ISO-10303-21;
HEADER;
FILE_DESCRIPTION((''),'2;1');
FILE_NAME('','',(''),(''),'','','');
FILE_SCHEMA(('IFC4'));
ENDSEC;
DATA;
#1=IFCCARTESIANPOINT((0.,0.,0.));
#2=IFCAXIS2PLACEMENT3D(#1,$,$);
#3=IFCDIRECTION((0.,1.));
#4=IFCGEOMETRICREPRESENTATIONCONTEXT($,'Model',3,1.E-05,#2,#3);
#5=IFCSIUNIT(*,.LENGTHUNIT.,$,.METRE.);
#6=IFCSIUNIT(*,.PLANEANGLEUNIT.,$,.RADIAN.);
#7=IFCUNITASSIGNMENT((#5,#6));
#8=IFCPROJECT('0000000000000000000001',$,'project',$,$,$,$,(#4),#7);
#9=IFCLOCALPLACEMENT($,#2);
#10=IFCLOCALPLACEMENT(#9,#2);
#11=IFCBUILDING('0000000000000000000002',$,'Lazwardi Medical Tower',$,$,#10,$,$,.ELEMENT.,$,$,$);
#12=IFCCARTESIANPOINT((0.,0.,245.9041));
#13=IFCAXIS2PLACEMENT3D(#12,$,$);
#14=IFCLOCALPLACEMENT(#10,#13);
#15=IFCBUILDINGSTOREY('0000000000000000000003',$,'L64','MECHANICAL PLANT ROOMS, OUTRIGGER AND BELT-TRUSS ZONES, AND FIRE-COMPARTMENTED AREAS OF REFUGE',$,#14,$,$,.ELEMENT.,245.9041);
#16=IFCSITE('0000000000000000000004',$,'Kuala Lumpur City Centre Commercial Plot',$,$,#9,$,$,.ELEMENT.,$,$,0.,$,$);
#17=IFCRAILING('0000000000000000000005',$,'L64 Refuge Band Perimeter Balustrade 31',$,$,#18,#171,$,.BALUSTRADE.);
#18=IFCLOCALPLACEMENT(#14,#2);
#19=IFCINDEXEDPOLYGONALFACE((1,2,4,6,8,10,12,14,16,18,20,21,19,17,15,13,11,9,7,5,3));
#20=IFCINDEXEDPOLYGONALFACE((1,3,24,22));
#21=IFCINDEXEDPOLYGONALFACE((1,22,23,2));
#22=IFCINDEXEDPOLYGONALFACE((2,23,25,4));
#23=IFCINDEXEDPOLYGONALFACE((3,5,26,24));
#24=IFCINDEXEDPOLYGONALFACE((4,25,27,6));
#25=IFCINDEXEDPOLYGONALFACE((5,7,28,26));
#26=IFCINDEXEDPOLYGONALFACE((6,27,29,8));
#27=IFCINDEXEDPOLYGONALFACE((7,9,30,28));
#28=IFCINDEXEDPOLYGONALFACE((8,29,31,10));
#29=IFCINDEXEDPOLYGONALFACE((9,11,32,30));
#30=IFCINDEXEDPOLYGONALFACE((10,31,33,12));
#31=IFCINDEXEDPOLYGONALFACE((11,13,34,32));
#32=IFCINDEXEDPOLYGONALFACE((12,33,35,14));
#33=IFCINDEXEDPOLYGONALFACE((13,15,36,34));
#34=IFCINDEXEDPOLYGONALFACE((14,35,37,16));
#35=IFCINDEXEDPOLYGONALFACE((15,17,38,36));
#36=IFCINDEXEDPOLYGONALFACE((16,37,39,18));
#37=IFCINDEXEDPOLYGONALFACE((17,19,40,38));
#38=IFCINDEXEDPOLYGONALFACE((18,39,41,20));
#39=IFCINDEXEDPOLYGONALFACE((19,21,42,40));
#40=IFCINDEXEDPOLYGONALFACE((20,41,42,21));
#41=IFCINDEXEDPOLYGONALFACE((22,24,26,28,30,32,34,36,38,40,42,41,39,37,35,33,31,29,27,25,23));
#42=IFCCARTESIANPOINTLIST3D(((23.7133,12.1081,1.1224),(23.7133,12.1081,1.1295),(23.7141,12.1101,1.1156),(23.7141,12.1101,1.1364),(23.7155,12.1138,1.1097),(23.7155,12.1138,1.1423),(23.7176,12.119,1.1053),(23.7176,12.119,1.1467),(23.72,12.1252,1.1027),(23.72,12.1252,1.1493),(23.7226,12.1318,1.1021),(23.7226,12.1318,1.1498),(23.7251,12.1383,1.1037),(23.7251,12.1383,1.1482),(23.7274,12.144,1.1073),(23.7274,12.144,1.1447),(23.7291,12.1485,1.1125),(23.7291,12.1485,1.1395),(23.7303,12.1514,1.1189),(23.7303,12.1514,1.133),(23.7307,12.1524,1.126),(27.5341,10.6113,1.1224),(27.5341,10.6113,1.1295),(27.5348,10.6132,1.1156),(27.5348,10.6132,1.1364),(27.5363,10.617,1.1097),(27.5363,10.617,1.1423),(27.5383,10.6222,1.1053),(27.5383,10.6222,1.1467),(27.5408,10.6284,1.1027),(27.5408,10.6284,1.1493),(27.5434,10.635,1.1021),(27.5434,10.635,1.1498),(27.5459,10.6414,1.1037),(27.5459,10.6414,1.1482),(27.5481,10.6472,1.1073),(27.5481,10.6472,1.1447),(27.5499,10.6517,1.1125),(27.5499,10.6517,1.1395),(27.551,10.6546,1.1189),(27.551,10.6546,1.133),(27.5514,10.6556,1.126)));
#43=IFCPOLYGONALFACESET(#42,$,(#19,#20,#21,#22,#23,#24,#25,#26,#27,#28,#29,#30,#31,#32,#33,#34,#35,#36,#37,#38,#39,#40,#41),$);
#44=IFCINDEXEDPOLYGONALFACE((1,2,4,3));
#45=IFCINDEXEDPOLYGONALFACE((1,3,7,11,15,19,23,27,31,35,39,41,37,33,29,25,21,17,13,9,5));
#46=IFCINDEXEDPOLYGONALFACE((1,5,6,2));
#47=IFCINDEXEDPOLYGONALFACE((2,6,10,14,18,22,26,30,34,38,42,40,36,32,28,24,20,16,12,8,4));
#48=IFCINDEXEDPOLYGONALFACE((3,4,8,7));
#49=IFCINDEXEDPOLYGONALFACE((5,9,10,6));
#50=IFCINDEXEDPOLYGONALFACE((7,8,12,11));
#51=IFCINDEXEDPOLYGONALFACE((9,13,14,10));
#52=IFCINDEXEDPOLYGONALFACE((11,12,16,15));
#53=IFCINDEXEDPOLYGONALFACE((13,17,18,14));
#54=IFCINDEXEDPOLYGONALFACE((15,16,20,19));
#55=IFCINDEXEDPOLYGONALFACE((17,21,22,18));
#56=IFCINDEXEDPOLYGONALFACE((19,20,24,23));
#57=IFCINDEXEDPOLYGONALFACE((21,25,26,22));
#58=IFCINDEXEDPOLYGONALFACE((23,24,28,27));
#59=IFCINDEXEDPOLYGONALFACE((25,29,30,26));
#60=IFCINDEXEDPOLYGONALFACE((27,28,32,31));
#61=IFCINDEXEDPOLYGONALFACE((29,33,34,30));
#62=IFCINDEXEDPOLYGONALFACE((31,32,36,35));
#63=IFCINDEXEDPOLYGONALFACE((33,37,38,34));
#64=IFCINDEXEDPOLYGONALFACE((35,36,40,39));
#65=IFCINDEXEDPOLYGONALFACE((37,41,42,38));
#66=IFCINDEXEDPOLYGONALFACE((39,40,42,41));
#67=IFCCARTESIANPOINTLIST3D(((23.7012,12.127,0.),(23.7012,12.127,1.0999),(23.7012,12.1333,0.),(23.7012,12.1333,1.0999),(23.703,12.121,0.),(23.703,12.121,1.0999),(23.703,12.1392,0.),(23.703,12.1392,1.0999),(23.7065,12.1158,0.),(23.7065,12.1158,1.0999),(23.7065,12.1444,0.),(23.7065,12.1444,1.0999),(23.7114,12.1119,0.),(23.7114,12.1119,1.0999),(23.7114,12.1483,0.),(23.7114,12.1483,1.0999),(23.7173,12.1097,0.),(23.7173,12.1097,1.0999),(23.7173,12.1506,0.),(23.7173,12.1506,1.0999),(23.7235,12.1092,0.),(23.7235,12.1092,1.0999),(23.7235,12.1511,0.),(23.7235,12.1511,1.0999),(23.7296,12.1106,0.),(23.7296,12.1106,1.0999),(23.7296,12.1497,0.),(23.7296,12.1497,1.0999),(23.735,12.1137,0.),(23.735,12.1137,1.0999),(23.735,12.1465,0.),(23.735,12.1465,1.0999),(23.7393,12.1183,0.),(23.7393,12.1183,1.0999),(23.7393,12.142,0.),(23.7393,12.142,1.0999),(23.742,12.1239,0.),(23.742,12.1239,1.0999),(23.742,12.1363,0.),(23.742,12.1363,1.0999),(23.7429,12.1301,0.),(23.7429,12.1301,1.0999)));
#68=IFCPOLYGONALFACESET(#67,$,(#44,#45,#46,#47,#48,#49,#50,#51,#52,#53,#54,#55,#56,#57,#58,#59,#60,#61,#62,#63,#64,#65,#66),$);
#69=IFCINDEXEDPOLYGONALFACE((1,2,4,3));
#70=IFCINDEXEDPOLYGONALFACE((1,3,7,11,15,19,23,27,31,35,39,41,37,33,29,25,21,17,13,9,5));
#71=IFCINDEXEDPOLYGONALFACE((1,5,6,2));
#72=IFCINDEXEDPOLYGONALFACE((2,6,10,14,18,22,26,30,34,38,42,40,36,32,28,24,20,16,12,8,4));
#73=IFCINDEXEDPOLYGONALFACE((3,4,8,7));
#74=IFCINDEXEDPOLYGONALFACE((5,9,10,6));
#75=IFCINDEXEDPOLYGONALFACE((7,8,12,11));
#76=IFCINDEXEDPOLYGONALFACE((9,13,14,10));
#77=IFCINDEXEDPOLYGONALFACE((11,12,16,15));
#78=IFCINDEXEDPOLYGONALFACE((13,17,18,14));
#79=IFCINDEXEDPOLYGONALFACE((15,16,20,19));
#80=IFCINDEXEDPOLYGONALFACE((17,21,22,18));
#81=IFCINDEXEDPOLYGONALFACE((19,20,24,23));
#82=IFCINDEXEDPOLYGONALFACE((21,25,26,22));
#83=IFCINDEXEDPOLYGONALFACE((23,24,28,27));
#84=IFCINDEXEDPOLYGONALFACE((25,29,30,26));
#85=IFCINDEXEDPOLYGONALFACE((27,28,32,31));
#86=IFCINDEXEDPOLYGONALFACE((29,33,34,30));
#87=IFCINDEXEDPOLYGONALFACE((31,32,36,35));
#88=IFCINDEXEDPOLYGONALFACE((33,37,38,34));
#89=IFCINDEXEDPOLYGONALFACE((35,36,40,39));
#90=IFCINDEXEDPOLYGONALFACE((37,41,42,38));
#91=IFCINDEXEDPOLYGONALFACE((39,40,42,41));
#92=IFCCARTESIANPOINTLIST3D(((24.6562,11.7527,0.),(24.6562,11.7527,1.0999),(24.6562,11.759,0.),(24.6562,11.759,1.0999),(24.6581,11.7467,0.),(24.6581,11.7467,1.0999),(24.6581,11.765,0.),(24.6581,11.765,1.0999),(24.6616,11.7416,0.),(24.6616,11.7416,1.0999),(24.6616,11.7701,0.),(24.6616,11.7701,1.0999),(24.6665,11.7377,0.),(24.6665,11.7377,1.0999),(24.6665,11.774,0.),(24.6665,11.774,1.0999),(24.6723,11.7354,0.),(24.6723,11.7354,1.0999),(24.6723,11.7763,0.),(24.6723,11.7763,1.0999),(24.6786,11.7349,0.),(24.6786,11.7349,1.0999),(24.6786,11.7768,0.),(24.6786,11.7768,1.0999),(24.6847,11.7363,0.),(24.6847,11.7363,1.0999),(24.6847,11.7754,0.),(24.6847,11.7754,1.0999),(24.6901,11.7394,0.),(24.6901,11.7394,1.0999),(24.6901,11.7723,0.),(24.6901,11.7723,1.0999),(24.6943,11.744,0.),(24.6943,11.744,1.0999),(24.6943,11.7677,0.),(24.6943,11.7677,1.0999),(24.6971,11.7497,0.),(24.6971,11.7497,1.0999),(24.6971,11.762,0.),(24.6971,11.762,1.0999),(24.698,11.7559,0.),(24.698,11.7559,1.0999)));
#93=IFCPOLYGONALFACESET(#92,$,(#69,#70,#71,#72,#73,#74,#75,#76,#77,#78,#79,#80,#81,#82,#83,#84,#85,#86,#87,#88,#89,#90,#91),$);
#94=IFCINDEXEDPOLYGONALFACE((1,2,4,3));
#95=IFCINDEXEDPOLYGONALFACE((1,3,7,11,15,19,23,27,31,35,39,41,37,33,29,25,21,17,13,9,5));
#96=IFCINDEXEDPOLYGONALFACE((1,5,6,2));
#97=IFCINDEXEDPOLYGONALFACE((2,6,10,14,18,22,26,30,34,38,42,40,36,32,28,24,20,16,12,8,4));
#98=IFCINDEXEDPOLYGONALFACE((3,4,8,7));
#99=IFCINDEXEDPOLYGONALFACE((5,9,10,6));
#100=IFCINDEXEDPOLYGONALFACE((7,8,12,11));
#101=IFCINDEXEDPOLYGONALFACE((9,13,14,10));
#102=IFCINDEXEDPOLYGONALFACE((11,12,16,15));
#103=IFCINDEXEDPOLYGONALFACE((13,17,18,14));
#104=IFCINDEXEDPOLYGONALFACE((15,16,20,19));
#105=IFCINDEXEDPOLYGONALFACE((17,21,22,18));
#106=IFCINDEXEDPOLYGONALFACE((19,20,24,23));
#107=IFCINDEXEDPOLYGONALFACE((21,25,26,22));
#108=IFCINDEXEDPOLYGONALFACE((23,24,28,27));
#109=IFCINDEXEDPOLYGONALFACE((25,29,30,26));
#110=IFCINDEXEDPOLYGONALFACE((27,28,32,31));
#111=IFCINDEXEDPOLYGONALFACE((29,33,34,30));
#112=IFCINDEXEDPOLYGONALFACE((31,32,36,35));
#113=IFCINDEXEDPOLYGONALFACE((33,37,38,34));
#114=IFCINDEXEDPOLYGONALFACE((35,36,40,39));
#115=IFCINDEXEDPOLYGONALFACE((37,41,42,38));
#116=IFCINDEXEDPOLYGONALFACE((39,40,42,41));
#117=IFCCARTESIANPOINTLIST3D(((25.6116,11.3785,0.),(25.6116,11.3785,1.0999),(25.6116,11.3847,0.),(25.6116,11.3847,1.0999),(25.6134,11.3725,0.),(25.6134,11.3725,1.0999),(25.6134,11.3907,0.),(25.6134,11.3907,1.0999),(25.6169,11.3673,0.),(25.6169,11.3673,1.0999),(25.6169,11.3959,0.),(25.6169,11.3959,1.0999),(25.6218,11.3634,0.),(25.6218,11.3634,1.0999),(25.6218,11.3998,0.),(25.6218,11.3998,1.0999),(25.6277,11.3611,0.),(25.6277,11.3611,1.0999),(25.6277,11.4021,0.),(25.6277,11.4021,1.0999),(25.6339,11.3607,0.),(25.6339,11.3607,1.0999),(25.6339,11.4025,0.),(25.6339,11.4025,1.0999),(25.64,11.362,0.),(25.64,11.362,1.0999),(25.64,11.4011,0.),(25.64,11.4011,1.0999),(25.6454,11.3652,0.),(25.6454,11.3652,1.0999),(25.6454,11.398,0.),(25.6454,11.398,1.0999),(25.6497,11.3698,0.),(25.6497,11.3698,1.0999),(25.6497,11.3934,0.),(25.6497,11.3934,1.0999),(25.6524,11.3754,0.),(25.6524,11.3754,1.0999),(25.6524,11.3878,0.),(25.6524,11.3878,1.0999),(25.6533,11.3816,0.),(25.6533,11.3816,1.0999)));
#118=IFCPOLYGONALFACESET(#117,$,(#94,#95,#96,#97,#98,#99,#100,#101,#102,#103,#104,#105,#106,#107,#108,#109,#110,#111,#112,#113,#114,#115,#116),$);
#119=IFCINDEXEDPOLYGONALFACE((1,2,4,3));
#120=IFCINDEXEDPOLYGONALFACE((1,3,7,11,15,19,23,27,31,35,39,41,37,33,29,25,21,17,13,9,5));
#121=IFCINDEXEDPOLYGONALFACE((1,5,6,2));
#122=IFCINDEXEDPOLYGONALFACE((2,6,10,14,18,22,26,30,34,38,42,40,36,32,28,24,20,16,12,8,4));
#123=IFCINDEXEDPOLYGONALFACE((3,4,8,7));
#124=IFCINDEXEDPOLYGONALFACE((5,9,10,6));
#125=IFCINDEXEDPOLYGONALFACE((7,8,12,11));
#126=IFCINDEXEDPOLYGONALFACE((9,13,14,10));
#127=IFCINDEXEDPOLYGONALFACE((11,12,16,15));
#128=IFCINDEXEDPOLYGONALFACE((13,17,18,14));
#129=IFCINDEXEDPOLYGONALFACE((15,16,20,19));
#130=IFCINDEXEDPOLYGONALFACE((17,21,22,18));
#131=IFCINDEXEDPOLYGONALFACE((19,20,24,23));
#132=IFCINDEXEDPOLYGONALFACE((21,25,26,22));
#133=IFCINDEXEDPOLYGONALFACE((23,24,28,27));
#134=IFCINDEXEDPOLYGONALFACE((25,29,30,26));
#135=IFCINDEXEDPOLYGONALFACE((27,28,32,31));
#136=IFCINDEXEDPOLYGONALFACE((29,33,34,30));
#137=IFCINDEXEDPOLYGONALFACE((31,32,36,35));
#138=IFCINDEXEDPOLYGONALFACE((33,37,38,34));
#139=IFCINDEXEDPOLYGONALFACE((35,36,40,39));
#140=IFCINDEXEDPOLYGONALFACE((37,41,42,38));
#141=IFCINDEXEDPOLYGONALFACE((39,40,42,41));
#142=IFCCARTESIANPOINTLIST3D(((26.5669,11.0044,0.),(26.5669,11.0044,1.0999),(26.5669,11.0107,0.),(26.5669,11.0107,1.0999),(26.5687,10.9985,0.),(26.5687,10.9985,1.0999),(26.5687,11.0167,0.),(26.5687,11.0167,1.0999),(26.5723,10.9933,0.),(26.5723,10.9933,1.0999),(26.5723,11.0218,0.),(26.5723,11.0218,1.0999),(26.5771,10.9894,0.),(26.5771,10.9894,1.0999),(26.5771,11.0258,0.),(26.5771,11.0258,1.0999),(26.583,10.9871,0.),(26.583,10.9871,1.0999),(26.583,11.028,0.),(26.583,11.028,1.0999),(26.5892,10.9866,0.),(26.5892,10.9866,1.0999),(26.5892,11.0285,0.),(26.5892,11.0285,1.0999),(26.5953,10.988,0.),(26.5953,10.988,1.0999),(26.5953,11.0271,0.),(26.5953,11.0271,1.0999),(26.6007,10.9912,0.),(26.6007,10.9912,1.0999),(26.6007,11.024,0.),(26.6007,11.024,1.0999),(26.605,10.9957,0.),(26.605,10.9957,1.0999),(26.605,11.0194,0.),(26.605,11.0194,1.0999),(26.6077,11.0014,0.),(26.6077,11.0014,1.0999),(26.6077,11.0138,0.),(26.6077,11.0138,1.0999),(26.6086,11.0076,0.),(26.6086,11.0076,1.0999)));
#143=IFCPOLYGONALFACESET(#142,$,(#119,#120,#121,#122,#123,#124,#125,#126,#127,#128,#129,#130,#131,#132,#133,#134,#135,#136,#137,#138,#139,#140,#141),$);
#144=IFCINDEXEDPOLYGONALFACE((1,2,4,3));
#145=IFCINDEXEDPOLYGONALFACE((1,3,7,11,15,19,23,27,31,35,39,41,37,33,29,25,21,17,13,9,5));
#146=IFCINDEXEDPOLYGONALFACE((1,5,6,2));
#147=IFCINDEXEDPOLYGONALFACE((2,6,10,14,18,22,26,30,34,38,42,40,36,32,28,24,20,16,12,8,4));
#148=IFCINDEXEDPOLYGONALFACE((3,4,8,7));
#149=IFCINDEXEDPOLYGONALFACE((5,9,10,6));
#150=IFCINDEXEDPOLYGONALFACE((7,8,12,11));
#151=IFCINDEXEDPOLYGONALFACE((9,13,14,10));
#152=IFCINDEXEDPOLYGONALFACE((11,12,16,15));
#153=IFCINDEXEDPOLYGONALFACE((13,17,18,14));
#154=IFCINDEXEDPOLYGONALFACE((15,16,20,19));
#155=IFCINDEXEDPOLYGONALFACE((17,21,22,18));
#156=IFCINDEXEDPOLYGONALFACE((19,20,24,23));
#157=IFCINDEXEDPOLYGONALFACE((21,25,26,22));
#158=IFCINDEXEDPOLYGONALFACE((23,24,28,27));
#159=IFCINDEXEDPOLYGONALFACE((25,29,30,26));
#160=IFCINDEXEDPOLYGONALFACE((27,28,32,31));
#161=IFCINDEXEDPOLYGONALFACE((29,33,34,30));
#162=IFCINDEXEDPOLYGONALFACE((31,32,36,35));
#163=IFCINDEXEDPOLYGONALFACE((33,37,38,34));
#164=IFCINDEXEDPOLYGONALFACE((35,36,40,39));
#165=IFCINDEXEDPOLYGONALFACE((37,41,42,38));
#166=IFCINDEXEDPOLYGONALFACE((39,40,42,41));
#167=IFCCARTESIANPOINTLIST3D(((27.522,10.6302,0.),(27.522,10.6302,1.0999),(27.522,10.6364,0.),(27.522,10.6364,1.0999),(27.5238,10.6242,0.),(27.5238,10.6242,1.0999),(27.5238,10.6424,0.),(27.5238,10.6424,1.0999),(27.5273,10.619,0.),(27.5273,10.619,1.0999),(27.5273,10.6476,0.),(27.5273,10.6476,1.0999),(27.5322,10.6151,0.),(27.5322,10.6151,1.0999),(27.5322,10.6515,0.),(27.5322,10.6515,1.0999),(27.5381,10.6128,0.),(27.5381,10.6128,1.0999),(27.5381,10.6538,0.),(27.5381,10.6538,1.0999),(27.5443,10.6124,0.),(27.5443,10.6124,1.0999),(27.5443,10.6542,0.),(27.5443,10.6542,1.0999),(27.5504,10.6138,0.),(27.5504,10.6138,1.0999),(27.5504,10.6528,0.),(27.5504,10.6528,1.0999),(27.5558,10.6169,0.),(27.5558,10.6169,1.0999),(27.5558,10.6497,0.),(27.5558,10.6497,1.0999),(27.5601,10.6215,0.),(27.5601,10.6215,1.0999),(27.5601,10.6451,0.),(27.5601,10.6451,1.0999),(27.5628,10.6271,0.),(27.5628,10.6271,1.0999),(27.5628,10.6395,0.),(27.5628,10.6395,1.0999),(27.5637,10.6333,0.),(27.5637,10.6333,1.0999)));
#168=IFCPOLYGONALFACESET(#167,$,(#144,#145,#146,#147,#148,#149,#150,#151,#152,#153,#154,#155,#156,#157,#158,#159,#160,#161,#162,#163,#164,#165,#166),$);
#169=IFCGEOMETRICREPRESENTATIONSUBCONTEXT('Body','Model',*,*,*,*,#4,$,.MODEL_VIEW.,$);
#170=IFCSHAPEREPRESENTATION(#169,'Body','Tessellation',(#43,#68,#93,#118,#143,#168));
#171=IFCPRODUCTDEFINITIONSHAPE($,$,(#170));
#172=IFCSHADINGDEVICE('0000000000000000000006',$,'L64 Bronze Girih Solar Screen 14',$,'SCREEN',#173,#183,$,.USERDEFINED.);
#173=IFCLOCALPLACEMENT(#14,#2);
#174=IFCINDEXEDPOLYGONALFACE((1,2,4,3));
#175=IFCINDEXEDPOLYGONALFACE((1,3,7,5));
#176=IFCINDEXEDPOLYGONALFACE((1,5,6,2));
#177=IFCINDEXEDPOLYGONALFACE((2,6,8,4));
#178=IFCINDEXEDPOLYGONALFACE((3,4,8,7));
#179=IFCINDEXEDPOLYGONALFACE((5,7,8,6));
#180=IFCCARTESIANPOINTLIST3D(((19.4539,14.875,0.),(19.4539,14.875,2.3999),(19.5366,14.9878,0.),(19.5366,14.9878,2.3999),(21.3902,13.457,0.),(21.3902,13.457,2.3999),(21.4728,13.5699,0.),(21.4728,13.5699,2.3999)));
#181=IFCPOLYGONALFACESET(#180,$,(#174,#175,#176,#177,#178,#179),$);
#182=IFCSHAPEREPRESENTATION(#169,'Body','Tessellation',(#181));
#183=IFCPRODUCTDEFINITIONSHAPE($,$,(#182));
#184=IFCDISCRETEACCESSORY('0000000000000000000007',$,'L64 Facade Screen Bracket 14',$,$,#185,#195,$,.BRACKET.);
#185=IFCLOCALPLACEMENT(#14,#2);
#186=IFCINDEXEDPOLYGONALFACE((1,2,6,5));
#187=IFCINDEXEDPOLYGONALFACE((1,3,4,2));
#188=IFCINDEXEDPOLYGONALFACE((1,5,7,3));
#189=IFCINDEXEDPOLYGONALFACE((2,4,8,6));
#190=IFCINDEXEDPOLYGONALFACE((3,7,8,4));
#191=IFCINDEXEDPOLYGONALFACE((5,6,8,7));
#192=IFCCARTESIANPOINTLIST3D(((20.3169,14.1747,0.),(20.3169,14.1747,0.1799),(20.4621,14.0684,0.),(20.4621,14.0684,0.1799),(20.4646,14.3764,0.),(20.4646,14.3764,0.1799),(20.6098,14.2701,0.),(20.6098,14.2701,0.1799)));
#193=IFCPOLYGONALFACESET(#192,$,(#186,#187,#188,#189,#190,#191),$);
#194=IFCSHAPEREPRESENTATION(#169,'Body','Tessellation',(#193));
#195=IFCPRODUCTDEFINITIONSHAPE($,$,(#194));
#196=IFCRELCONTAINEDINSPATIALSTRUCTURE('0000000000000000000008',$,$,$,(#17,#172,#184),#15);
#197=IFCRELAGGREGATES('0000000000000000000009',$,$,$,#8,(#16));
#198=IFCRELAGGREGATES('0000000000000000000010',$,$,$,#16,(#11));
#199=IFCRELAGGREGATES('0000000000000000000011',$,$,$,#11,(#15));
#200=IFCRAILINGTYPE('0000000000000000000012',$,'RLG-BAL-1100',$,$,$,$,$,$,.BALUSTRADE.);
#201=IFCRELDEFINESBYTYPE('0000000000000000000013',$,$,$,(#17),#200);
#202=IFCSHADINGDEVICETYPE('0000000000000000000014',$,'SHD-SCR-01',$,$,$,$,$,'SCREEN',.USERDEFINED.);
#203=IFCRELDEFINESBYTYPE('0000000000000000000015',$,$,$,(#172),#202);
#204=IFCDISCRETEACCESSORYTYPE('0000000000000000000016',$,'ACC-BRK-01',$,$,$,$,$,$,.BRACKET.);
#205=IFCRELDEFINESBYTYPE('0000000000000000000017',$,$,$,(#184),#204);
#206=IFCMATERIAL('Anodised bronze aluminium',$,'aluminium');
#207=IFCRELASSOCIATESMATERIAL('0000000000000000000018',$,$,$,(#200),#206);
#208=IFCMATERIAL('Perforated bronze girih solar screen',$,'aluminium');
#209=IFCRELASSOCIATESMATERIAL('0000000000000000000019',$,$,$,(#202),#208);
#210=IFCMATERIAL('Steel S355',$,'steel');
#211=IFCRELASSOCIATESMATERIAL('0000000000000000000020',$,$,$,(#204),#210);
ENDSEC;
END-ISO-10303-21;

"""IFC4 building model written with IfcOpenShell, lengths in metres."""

from ifc_helpers import new_model, si_unit, direction, frame, origin, origin_2d, place, context, subcontext, project, spatial, rectangle, circle, extrude, material, type_object, element, save


model = new_model("IFC4")

# Units and contexts
model_context = context("Model", 3, precision=1e-05, world=origin(), true_north=direction((0.0, 1.0)))
body_context = subcontext(model_context, "Body", "Model", "MODEL_VIEW")
ifc_project = project(units=[si_unit("LENGTHUNIT", "METRE"), si_unit("PLANEANGLEUNIT", "RADIAN")], contexts=[model_context])

# Site, building, storey
site_placement = place(None, origin())
site = spatial("IfcSite", under=ifc_project, at=site_placement, Name="Kuala Lumpur City Centre Commercial Plot", CompositionType="ELEMENT", RefElevation=0.0)
building_placement = place(site_placement, origin())
building = spatial("IfcBuilding", under=site, at=building_placement, Name="Lazwardi Medical Tower", CompositionType="ELEMENT")
storey_placement = place(building_placement, frame((0.0, 0.0, 245.9041)))
storey = spatial("IfcBuildingStorey", under=building, at=storey_placement, Name="L64", Description="MECHANICAL PLANT ROOMS, OUTRIGGER AND BELT-TRUSS ZONES, AND FIRE-COMPARTMENTED AREAS OF REFUGE", CompositionType="ELEMENT", Elevation=245.9041)

# Shared definitions
ifc_material_1 = material(Name="Steel S355", Category="steel")

# Railing
ifc_material_2 = material(Name="Anodised bronze aluminium", Category="aluminium")
railing_type = type_object("IfcRailingType", Name="RLG-BAL-1100", PredefinedType="BALUSTRADE", material=ifc_material_2)
railing_1_placement = place(storey_placement, frame((23.7219, 12.1301, 0.0)))
element("IfcRailing", 1, at=railing_1_placement, inside=storey, type_object=railing_type, Name="L64 Refuge Band Perimeter Balustrade 31", PredefinedType="BALUSTRADE", context=body_context, shape_type="SweptSolid", body=[
    extrude(circle(Radius=0.0239, at=origin_2d()), frame((0.0, 0.0, 1.126), z_axis=(0.9311, -0.364765, 0.0), x_axis=(0.364765, 0.9311, 0.0)), (0.0, 0.0, 1.0), 4.1035),
    extrude(circle(Radius=0.021, at=origin_2d()), origin(), (0.0, 0.0, 1.0), 1.0999),
    extrude(circle(Radius=0.021, at=origin_2d()), frame((0.9551, -0.3743, 0.0)), (0.0, 0.0, 1.0), 1.0999),
    extrude(circle(Radius=0.021, at=origin_2d()), frame((1.9104, -0.7485, 0.0)), (0.0, 0.0, 1.0), 1.0999),
    extrude(circle(Radius=0.021, at=origin_2d()), frame((2.8657, -1.1226, 0.0)), (0.0, 0.0, 1.0), 1.0999),
    extrude(circle(Radius=0.021, at=origin_2d()), frame((3.8208, -1.4968, 0.0)), (0.0, 0.0, 1.0), 1.0999),
])

# Shading device
ifc_material_3 = material(Name="Perforated bronze girih solar screen", Category="aluminium")
shading_device_type = type_object("IfcShadingDeviceType", Name="SHD-SCR-01", ElementType="SCREEN", PredefinedType="USERDEFINED", material=ifc_material_3)
shading_device_placement = place(storey_placement, frame((20.4634, 14.2224, 0.0), z_axis=(0.0, 0.0, 1.0), x_axis=(0.806793, -0.590834, 0.0)))
element("IfcShadingDevice", 2, at=shading_device_placement, inside=storey, type_object=shading_device_type, Name="L64 Bronze Girih Solar Screen 14", ObjectType="SCREEN", PredefinedType="USERDEFINED", context=body_context, shape_type="SweptSolid", body=[
    extrude(rectangle(XDim=2.3999, YDim=0.1399, at=origin_2d()), origin(), (0.0, 0.0, 1.0), 2.3999),
])

# Discrete accessory
discrete_accessory_type = type_object("IfcDiscreteAccessoryType", Name="ACC-BRK-01", PredefinedType="BRACKET", material=ifc_material_1)
discrete_accessory_placement = place(storey_placement, frame((20.4634, 14.2224, 0.0), z_axis=(0.0, 0.0, 1.0), x_axis=(0.806793, -0.590834, 0.0)))
element("IfcDiscreteAccessory", 3, at=discrete_accessory_placement, inside=storey, type_object=discrete_accessory_type, Name="L64 Facade Screen Bracket 14", PredefinedType="BRACKET", context=body_context, shape_type="SweptSolid", body=[
    extrude(rectangle(XDim=0.1799, YDim=0.25, at=origin_2d()), origin(), (0.0, 0.0, 1.0), 0.1799),
])

save(model, "model.ifc")
